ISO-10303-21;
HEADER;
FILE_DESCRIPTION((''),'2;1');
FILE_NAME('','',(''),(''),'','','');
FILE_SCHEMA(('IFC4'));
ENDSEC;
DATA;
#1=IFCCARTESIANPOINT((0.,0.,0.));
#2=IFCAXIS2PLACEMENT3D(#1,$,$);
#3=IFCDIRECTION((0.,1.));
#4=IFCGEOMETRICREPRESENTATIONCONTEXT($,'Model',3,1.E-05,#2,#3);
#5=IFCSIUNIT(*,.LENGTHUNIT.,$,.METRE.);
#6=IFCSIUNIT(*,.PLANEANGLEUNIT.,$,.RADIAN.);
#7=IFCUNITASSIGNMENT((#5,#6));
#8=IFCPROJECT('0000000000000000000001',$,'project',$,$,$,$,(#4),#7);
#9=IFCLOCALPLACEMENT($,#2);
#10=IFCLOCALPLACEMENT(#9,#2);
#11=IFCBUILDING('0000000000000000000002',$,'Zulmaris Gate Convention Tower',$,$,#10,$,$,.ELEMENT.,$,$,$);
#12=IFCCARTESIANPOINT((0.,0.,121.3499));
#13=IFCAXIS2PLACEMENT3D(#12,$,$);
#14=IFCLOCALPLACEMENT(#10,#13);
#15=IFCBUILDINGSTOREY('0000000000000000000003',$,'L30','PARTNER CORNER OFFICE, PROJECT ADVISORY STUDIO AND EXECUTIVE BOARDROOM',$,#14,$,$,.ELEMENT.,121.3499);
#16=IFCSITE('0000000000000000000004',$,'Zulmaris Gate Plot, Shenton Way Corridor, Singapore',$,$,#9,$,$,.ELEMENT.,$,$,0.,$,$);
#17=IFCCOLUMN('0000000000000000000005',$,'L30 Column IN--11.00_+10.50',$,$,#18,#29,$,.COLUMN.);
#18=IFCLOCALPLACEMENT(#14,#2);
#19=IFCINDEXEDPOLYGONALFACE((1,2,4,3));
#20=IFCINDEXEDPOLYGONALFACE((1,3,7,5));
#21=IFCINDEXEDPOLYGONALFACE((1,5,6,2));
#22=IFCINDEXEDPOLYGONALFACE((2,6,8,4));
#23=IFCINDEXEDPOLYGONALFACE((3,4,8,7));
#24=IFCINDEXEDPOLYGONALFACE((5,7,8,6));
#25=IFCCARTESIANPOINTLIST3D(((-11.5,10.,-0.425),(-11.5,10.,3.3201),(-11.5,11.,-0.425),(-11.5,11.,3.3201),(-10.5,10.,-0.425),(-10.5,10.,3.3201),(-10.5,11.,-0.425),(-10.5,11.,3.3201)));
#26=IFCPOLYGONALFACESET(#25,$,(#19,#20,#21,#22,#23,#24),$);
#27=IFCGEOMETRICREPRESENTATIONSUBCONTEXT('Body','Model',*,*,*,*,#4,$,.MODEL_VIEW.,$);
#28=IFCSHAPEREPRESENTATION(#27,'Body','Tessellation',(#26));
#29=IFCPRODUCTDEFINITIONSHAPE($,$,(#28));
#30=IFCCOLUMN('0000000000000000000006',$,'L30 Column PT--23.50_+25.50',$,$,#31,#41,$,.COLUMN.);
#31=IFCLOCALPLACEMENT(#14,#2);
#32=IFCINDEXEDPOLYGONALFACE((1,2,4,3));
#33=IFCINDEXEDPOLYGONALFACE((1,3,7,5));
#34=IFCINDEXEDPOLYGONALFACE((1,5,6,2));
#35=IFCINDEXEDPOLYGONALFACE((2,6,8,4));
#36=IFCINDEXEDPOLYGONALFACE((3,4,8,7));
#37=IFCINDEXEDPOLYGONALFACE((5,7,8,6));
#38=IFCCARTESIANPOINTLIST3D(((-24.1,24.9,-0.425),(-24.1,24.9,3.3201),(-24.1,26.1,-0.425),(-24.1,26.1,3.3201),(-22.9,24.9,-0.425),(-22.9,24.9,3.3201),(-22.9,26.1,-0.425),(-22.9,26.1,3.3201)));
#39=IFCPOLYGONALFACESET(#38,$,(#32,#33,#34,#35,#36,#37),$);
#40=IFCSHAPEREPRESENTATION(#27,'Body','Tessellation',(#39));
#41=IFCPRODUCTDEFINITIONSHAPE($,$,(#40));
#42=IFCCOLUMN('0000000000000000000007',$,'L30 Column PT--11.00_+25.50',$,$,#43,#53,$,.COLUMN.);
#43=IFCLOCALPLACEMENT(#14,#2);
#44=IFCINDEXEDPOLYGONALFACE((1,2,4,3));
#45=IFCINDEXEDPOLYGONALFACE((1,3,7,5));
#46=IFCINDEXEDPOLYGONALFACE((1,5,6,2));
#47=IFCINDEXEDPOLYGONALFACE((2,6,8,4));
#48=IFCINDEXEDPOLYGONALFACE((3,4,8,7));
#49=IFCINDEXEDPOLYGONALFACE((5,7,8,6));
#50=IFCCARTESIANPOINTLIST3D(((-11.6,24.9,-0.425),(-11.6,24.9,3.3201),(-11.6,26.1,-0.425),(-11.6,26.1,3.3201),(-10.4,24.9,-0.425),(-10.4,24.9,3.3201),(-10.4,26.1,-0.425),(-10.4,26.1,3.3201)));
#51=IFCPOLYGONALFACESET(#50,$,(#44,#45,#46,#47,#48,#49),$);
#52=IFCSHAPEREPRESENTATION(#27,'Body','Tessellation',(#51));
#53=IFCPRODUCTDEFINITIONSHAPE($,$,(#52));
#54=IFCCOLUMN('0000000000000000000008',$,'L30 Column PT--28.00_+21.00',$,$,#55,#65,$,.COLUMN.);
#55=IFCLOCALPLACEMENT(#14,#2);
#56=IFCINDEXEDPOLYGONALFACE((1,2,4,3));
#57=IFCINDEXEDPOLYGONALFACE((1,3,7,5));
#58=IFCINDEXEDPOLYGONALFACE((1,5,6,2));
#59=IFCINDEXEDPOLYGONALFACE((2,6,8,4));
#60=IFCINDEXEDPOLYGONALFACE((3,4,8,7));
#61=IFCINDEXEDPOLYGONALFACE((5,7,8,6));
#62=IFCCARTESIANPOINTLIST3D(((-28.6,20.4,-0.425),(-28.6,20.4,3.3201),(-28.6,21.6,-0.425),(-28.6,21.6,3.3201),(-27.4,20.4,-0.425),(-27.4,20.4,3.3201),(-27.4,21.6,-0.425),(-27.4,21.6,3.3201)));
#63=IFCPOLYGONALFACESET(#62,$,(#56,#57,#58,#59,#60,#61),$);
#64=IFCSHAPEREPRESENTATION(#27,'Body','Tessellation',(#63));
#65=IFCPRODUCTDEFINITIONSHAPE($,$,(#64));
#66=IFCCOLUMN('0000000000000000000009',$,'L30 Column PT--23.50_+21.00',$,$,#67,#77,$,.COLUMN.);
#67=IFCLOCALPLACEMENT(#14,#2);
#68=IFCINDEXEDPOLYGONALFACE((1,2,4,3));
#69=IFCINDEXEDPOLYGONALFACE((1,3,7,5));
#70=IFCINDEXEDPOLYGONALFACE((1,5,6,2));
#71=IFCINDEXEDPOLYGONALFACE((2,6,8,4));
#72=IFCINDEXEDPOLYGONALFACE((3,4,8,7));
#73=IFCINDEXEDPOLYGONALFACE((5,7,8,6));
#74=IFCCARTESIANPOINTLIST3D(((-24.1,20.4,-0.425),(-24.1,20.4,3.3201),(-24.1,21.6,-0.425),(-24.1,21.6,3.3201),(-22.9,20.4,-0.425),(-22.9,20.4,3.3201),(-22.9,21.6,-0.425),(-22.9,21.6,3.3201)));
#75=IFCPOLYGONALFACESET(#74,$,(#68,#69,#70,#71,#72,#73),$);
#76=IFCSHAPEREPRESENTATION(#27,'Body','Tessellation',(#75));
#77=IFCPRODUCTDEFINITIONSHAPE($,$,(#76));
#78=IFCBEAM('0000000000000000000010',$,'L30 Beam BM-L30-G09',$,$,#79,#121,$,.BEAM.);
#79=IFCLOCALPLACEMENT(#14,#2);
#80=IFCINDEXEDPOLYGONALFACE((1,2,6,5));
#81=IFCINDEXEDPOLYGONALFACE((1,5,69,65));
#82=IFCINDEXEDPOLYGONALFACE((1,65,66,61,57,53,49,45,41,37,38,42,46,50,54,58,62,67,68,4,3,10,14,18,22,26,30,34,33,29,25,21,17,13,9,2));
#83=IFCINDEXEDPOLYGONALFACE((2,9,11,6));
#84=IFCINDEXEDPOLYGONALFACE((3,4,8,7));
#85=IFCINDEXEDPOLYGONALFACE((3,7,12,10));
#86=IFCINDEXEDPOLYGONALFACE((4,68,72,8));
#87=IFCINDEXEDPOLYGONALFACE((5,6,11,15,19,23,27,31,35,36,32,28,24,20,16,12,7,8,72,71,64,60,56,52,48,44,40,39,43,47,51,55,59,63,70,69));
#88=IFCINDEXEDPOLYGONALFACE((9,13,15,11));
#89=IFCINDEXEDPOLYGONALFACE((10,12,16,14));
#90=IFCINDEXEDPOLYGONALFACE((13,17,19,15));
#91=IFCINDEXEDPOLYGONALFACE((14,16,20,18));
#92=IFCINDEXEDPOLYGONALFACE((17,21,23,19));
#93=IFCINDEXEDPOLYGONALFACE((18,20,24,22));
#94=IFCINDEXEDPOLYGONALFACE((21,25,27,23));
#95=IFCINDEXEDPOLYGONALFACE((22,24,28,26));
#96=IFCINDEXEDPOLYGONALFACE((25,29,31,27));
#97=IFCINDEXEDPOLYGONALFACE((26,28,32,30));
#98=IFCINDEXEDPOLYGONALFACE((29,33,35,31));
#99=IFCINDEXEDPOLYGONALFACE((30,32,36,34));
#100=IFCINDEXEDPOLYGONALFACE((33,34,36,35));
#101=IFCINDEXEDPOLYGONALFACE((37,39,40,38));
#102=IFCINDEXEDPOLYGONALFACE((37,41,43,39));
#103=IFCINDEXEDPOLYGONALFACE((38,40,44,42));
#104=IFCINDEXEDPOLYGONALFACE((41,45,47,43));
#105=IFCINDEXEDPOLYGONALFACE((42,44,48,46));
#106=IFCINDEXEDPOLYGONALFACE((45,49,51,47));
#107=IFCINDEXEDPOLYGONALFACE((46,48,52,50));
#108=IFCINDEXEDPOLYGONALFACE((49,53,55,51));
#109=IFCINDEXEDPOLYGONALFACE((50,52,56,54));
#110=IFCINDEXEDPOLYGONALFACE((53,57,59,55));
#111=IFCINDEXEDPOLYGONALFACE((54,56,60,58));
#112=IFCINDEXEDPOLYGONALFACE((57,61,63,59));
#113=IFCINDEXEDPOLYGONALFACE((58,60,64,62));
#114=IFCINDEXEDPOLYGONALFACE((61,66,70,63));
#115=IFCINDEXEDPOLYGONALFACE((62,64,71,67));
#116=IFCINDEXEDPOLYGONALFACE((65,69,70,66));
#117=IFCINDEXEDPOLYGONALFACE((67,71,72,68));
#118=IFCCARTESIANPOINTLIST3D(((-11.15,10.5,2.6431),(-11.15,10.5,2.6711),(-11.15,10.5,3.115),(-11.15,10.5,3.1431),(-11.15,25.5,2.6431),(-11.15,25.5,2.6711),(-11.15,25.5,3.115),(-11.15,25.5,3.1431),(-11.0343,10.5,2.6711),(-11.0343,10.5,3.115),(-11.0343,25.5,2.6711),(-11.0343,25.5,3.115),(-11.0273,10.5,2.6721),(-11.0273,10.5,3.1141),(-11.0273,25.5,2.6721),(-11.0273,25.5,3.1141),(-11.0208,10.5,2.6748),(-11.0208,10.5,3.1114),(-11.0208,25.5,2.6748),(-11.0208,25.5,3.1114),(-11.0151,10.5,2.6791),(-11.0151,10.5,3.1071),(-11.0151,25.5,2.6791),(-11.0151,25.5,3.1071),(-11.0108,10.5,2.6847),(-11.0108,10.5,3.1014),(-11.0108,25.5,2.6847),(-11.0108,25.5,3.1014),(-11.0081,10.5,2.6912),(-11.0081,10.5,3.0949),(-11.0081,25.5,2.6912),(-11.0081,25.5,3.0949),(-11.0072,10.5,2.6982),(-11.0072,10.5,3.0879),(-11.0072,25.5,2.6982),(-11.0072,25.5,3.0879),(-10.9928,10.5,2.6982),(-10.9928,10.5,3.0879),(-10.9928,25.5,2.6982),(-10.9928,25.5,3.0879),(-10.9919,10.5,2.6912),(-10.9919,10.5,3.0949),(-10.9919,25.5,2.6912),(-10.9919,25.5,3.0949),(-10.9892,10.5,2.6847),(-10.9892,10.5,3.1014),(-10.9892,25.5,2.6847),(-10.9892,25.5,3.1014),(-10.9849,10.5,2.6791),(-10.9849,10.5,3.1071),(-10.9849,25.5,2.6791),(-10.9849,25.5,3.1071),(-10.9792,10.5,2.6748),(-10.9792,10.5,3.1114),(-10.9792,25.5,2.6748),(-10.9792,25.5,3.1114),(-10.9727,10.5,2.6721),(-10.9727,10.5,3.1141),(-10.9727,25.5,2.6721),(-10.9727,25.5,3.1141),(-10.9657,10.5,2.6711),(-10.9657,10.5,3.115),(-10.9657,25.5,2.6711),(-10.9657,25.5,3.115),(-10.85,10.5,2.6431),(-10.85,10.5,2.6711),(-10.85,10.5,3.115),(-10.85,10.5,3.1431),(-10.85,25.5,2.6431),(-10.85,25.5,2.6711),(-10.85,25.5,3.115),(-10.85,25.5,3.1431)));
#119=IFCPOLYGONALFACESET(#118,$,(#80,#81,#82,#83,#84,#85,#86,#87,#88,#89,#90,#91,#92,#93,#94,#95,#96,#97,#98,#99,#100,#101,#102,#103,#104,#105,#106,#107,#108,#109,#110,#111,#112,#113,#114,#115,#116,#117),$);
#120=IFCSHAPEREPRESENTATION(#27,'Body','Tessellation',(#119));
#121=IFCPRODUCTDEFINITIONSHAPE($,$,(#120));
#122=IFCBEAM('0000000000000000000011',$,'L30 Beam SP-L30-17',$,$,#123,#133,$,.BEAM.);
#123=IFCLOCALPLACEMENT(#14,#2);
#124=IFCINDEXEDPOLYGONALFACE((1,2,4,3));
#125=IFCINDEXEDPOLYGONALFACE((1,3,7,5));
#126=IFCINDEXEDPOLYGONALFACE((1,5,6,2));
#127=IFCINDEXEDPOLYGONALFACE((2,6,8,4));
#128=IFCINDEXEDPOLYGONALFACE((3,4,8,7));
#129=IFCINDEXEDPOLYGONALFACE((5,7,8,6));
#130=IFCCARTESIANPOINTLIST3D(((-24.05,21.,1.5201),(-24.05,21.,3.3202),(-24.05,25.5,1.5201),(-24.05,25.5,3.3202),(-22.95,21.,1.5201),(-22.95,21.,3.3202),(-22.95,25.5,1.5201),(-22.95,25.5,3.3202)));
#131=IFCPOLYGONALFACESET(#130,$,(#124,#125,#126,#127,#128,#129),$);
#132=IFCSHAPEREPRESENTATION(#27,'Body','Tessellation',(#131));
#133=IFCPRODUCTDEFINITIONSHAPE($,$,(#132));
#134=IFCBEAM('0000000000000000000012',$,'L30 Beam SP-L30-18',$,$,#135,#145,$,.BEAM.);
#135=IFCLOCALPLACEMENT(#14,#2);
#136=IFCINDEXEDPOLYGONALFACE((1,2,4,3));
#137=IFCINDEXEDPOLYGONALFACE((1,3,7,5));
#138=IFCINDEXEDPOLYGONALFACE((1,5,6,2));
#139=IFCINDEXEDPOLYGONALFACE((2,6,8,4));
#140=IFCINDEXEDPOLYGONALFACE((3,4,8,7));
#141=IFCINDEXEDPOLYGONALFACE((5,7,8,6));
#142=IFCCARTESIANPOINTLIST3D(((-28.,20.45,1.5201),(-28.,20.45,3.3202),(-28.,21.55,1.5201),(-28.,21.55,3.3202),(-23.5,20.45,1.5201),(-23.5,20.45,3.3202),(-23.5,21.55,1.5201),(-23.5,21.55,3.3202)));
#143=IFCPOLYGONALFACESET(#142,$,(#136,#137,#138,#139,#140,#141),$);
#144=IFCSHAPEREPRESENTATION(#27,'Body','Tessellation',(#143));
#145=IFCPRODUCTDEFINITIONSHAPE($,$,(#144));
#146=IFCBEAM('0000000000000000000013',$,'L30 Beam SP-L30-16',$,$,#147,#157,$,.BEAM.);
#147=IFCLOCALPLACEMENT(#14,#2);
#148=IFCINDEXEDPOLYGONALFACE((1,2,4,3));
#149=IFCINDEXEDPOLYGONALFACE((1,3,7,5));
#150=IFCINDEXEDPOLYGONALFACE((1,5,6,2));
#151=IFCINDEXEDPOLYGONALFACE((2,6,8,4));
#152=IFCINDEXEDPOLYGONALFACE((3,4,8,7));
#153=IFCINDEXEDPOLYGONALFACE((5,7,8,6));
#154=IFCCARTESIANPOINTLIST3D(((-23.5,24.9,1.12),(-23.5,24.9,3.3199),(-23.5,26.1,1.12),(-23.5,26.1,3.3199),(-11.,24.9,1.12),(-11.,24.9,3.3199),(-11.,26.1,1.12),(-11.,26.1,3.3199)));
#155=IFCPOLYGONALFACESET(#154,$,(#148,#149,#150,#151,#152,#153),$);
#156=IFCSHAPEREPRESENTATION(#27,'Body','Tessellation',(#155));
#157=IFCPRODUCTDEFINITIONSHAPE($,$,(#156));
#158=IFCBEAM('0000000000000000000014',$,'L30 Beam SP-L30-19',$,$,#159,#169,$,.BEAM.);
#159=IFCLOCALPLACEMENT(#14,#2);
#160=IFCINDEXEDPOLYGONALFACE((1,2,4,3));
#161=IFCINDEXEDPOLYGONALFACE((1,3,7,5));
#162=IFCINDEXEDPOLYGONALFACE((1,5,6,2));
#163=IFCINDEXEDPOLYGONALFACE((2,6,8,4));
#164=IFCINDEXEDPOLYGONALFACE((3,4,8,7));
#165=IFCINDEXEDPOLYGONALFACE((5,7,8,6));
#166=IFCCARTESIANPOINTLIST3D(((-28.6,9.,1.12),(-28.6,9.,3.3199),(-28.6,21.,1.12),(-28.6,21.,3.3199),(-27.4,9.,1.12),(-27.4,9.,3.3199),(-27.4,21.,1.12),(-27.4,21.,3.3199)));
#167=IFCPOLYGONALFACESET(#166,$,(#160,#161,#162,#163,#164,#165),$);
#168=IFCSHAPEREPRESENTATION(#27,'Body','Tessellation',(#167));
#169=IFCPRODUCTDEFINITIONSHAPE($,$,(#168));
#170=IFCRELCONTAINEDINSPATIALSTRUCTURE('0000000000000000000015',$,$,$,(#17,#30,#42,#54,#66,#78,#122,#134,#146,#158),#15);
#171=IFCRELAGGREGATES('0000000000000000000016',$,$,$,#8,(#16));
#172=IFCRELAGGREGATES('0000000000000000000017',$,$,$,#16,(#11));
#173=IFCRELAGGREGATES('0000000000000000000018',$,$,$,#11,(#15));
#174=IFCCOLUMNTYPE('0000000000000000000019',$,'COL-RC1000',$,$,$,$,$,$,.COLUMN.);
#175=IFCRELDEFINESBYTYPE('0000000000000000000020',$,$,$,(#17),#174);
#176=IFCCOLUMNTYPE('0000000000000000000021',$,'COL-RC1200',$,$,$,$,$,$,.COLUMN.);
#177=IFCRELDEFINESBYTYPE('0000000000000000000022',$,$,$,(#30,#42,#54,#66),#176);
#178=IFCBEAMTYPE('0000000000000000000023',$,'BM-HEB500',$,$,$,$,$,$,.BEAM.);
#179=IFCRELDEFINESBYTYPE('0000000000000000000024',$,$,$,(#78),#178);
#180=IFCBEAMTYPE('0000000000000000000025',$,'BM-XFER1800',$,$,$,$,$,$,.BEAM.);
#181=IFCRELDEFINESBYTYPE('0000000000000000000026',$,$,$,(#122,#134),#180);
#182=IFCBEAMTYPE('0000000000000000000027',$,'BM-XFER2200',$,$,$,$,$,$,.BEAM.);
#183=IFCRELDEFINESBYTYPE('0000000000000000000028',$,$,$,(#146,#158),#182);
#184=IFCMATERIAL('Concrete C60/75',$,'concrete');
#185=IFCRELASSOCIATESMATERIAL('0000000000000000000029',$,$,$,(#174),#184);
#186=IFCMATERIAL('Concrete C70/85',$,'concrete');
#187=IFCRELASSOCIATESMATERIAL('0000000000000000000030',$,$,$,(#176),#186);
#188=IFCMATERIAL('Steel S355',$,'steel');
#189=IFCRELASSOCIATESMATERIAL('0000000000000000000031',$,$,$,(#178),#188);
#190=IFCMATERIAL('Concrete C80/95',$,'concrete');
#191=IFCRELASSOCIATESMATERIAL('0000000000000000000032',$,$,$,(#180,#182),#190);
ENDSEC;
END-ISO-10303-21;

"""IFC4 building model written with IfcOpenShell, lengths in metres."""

from ifc_helpers import new_model, si_unit, direction, frame, origin, origin_2d, place, context, subcontext, project, spatial, rectangle, i_section, extrude, material, material_profile, profile_set, type_object, element, save


model = new_model("IFC4")

# Units and contexts
model_context = context("Model", 3, precision=1e-05, world=origin(), true_north=direction((0.0, 1.0)))
body_context = subcontext(model_context, "Body", "Model", "MODEL_VIEW")
ifc_project = project(units=[si_unit("LENGTHUNIT", "METRE"), si_unit("PLANEANGLEUNIT", "RADIAN")], contexts=[model_context])

# Site, building, storey
site_placement = place(None, origin())
site = spatial("IfcSite", under=ifc_project, at=site_placement, Name="Zulmaris Gate Plot, Shenton Way Corridor, Singapore", CompositionType="ELEMENT", RefElevation=0.0)
building_placement = place(site_placement, origin())
building = spatial("IfcBuilding", under=site, at=building_placement, Name="Zulmaris Gate Convention Tower", CompositionType="ELEMENT")
storey_placement = place(building_placement, frame((0.0, 0.0, 121.3499)))
storey = spatial("IfcBuildingStorey", under=building, at=storey_placement, Name="L30", Description="PARTNER CORNER OFFICE, PROJECT ADVISORY STUDIO AND EXECUTIVE BOARDROOM", CompositionType="ELEMENT", Elevation=121.3499)

# Columns
ifc_material_1 = material(Name="Concrete C60/75", Category="concrete")
ifc_material_profile_1 = material_profile(ifc_material_1, rectangle(XDim=1.0, YDim=1.0, at=origin_2d()), Name="RC COL 1000x1000")
ifc_profile_set_1 = profile_set([ifc_material_profile_1], Name="Concrete C60/75")
column_type_1 = type_object("IfcColumnType", Name="COL-RC1000", PredefinedType="COLUMN", material=ifc_profile_set_1)
column_placement = place(storey_placement, frame((-11.0, 10.5, -0.425), z_axis=(0.0, 0.0, 1.0), x_axis=(1.0, 0.0, 0.0)))
element("IfcColumn", 1, at=column_placement, inside=storey, type_object=column_type_1, Name="L30 Column IN--11.00_+10.50", PredefinedType="COLUMN", context=body_context, shape_type="SweptSolid", body=[
    extrude(rectangle(XDim=1.0, YDim=1.0, at=origin_2d()), origin(), (0.0, 0.0, 1.0), 3.7451),
])
ifc_material_2 = material(Name="Concrete C70/85", Category="concrete")
ifc_material_profile_2 = material_profile(ifc_material_2, rectangle(XDim=1.2, YDim=1.2, at=origin_2d()), Name="RC COL 1200x1200")
ifc_profile_set_2 = profile_set([ifc_material_profile_2], Name="Concrete C70/85")
column_type_2 = type_object("IfcColumnType", Name="COL-RC1200", PredefinedType="COLUMN", material=ifc_profile_set_2)
for number, where, z_axis, x_axis, name in (
    (2, (-23.5, 25.5, -0.425), (0.0, 0.0, 1.0), (1.0, 0.0, 0.0), "L30 Column PT--23.50_+25.50"),
    (3, (-11.0, 25.5, -0.425), (0.0, 0.0, 1.0), (1.0, 0.0, 0.0), "L30 Column PT--11.00_+25.50"),
    (4, (-28.0, 21.0, -0.425), (0.0, 0.0, 1.0), (1.0, 0.0, 0.0), "L30 Column PT--28.00_+21.00"),
    (5, (-23.5, 21.0, -0.425), (0.0, 0.0, 1.0), (1.0, 0.0, 0.0), "L30 Column PT--23.50_+21.00"),
):
    element("IfcColumn", number, at=place(storey_placement, frame(where, z_axis=z_axis, x_axis=x_axis)), inside=storey, type_object=column_type_2, Name=name, PredefinedType="COLUMN", context=body_context, shape_type="SweptSolid", body=[
        extrude(rectangle(XDim=1.2, YDim=1.2, at=origin_2d()), origin(), (0.0, 0.0, 1.0), 3.7451),
    ])

# Beams
ifc_material_3 = material(Name="Steel S355", Category="steel")
ifc_material_profile_3 = material_profile(ifc_material_3, i_section(OverallWidth=0.3, OverallDepth=0.5, WebThickness=0.0144, FlangeThickness=0.0281, FilletRadius=0.0271, at=origin_2d()), Name="HEB 500")
ifc_profile_set_3 = profile_set([ifc_material_profile_3], Name="Steel S355")
beam_type_1 = type_object("IfcBeamType", Name="BM-HEB500", PredefinedType="BEAM", material=ifc_profile_set_3)
beam_1_placement = place(storey_placement, frame((-11.0, 10.5, 2.8931), z_axis=(0.0, 1.0, 0.0), x_axis=(-1.0, 0.0, 0.0)))
element("IfcBeam", 6, at=beam_1_placement, inside=storey, type_object=beam_type_1, Name="L30 Beam BM-L30-G09", PredefinedType="BEAM", context=body_context, shape_type="SweptSolid", body=[
    extrude(i_section(OverallWidth=0.3, OverallDepth=0.5, WebThickness=0.0144, FlangeThickness=0.0281, FilletRadius=0.0271, at=origin_2d()), origin(), (0.0, 0.0, 1.0), 15.0),
])
ifc_material_4 = material(Name="Concrete C80/95", Category="concrete")
ifc_material_profile_4 = material_profile(ifc_material_4, rectangle(XDim=1.1001, YDim=1.8, at=origin_2d()), Name="RC TRANSFER 1100x1800")
ifc_profile_set_4 = profile_set([ifc_material_profile_4], Name="Concrete C80/95")
beam_type_2 = type_object("IfcBeamType", Name="BM-XFER1800", PredefinedType="BEAM", material=ifc_profile_set_4)
for number, where, z_axis, x_axis, name in (
    (7, (-23.5, 25.5, 2.4202), (0.0, -1.0, 0.0), (1.0, 0.0, 0.0), "L30 Beam SP-L30-17"),
    (8, (-23.5, 21.0, 2.4202), (-1.0, 0.0, 0.0), (0.0, -1.0, 0.0), "L30 Beam SP-L30-18"),
):
    element("IfcBeam", number, at=place(storey_placement, frame(where, z_axis=z_axis, x_axis=x_axis)), inside=storey, type_object=beam_type_2, Name=name, PredefinedType="BEAM", context=body_context, shape_type="SweptSolid", body=[
        extrude(rectangle(XDim=1.1001, YDim=1.8, at=origin_2d()), origin(), (0.0, 0.0, 1.0), 4.5),
    ])
ifc_material_profile_5 = material_profile(ifc_material_4, rectangle(XDim=1.2, YDim=2.2, at=origin_2d()), Name="RC TRANSFER 1200x2200")
ifc_profile_set_5 = profile_set([ifc_material_profile_5], Name="Concrete C80/95")
beam_type_3 = type_object("IfcBeamType", Name="BM-XFER2200", PredefinedType="BEAM", material=ifc_profile_set_5)
beam_2_placement = place(storey_placement, frame((-11.0, 25.5, 2.22), z_axis=(-1.0, 0.0, 0.0), x_axis=(0.0, -1.0, 0.0)))
element("IfcBeam", 9, at=beam_2_placement, inside=storey, type_object=beam_type_3, Name="L30 Beam SP-L30-16", PredefinedType="BEAM", context=body_context, shape_type="SweptSolid", body=[
    extrude(rectangle(XDim=1.2, YDim=2.2, at=origin_2d()), origin(), (0.0, 0.0, 1.0), 12.5),
])
beam_3_placement = place(storey_placement, frame((-28.0, 21.0, 2.22), z_axis=(0.0, -1.0, 0.0), x_axis=(1.0, 0.0, 0.0)))
element("IfcBeam", 10, at=beam_3_placement, inside=storey, type_object=beam_type_3, Name="L30 Beam SP-L30-19", PredefinedType="BEAM", context=body_context, shape_type="SweptSolid", body=[
    extrude(rectangle(XDim=1.2, YDim=2.2, at=origin_2d()), origin(), (0.0, 0.0, 1.0), 12.0),
])

save(model, "model.ifc")
